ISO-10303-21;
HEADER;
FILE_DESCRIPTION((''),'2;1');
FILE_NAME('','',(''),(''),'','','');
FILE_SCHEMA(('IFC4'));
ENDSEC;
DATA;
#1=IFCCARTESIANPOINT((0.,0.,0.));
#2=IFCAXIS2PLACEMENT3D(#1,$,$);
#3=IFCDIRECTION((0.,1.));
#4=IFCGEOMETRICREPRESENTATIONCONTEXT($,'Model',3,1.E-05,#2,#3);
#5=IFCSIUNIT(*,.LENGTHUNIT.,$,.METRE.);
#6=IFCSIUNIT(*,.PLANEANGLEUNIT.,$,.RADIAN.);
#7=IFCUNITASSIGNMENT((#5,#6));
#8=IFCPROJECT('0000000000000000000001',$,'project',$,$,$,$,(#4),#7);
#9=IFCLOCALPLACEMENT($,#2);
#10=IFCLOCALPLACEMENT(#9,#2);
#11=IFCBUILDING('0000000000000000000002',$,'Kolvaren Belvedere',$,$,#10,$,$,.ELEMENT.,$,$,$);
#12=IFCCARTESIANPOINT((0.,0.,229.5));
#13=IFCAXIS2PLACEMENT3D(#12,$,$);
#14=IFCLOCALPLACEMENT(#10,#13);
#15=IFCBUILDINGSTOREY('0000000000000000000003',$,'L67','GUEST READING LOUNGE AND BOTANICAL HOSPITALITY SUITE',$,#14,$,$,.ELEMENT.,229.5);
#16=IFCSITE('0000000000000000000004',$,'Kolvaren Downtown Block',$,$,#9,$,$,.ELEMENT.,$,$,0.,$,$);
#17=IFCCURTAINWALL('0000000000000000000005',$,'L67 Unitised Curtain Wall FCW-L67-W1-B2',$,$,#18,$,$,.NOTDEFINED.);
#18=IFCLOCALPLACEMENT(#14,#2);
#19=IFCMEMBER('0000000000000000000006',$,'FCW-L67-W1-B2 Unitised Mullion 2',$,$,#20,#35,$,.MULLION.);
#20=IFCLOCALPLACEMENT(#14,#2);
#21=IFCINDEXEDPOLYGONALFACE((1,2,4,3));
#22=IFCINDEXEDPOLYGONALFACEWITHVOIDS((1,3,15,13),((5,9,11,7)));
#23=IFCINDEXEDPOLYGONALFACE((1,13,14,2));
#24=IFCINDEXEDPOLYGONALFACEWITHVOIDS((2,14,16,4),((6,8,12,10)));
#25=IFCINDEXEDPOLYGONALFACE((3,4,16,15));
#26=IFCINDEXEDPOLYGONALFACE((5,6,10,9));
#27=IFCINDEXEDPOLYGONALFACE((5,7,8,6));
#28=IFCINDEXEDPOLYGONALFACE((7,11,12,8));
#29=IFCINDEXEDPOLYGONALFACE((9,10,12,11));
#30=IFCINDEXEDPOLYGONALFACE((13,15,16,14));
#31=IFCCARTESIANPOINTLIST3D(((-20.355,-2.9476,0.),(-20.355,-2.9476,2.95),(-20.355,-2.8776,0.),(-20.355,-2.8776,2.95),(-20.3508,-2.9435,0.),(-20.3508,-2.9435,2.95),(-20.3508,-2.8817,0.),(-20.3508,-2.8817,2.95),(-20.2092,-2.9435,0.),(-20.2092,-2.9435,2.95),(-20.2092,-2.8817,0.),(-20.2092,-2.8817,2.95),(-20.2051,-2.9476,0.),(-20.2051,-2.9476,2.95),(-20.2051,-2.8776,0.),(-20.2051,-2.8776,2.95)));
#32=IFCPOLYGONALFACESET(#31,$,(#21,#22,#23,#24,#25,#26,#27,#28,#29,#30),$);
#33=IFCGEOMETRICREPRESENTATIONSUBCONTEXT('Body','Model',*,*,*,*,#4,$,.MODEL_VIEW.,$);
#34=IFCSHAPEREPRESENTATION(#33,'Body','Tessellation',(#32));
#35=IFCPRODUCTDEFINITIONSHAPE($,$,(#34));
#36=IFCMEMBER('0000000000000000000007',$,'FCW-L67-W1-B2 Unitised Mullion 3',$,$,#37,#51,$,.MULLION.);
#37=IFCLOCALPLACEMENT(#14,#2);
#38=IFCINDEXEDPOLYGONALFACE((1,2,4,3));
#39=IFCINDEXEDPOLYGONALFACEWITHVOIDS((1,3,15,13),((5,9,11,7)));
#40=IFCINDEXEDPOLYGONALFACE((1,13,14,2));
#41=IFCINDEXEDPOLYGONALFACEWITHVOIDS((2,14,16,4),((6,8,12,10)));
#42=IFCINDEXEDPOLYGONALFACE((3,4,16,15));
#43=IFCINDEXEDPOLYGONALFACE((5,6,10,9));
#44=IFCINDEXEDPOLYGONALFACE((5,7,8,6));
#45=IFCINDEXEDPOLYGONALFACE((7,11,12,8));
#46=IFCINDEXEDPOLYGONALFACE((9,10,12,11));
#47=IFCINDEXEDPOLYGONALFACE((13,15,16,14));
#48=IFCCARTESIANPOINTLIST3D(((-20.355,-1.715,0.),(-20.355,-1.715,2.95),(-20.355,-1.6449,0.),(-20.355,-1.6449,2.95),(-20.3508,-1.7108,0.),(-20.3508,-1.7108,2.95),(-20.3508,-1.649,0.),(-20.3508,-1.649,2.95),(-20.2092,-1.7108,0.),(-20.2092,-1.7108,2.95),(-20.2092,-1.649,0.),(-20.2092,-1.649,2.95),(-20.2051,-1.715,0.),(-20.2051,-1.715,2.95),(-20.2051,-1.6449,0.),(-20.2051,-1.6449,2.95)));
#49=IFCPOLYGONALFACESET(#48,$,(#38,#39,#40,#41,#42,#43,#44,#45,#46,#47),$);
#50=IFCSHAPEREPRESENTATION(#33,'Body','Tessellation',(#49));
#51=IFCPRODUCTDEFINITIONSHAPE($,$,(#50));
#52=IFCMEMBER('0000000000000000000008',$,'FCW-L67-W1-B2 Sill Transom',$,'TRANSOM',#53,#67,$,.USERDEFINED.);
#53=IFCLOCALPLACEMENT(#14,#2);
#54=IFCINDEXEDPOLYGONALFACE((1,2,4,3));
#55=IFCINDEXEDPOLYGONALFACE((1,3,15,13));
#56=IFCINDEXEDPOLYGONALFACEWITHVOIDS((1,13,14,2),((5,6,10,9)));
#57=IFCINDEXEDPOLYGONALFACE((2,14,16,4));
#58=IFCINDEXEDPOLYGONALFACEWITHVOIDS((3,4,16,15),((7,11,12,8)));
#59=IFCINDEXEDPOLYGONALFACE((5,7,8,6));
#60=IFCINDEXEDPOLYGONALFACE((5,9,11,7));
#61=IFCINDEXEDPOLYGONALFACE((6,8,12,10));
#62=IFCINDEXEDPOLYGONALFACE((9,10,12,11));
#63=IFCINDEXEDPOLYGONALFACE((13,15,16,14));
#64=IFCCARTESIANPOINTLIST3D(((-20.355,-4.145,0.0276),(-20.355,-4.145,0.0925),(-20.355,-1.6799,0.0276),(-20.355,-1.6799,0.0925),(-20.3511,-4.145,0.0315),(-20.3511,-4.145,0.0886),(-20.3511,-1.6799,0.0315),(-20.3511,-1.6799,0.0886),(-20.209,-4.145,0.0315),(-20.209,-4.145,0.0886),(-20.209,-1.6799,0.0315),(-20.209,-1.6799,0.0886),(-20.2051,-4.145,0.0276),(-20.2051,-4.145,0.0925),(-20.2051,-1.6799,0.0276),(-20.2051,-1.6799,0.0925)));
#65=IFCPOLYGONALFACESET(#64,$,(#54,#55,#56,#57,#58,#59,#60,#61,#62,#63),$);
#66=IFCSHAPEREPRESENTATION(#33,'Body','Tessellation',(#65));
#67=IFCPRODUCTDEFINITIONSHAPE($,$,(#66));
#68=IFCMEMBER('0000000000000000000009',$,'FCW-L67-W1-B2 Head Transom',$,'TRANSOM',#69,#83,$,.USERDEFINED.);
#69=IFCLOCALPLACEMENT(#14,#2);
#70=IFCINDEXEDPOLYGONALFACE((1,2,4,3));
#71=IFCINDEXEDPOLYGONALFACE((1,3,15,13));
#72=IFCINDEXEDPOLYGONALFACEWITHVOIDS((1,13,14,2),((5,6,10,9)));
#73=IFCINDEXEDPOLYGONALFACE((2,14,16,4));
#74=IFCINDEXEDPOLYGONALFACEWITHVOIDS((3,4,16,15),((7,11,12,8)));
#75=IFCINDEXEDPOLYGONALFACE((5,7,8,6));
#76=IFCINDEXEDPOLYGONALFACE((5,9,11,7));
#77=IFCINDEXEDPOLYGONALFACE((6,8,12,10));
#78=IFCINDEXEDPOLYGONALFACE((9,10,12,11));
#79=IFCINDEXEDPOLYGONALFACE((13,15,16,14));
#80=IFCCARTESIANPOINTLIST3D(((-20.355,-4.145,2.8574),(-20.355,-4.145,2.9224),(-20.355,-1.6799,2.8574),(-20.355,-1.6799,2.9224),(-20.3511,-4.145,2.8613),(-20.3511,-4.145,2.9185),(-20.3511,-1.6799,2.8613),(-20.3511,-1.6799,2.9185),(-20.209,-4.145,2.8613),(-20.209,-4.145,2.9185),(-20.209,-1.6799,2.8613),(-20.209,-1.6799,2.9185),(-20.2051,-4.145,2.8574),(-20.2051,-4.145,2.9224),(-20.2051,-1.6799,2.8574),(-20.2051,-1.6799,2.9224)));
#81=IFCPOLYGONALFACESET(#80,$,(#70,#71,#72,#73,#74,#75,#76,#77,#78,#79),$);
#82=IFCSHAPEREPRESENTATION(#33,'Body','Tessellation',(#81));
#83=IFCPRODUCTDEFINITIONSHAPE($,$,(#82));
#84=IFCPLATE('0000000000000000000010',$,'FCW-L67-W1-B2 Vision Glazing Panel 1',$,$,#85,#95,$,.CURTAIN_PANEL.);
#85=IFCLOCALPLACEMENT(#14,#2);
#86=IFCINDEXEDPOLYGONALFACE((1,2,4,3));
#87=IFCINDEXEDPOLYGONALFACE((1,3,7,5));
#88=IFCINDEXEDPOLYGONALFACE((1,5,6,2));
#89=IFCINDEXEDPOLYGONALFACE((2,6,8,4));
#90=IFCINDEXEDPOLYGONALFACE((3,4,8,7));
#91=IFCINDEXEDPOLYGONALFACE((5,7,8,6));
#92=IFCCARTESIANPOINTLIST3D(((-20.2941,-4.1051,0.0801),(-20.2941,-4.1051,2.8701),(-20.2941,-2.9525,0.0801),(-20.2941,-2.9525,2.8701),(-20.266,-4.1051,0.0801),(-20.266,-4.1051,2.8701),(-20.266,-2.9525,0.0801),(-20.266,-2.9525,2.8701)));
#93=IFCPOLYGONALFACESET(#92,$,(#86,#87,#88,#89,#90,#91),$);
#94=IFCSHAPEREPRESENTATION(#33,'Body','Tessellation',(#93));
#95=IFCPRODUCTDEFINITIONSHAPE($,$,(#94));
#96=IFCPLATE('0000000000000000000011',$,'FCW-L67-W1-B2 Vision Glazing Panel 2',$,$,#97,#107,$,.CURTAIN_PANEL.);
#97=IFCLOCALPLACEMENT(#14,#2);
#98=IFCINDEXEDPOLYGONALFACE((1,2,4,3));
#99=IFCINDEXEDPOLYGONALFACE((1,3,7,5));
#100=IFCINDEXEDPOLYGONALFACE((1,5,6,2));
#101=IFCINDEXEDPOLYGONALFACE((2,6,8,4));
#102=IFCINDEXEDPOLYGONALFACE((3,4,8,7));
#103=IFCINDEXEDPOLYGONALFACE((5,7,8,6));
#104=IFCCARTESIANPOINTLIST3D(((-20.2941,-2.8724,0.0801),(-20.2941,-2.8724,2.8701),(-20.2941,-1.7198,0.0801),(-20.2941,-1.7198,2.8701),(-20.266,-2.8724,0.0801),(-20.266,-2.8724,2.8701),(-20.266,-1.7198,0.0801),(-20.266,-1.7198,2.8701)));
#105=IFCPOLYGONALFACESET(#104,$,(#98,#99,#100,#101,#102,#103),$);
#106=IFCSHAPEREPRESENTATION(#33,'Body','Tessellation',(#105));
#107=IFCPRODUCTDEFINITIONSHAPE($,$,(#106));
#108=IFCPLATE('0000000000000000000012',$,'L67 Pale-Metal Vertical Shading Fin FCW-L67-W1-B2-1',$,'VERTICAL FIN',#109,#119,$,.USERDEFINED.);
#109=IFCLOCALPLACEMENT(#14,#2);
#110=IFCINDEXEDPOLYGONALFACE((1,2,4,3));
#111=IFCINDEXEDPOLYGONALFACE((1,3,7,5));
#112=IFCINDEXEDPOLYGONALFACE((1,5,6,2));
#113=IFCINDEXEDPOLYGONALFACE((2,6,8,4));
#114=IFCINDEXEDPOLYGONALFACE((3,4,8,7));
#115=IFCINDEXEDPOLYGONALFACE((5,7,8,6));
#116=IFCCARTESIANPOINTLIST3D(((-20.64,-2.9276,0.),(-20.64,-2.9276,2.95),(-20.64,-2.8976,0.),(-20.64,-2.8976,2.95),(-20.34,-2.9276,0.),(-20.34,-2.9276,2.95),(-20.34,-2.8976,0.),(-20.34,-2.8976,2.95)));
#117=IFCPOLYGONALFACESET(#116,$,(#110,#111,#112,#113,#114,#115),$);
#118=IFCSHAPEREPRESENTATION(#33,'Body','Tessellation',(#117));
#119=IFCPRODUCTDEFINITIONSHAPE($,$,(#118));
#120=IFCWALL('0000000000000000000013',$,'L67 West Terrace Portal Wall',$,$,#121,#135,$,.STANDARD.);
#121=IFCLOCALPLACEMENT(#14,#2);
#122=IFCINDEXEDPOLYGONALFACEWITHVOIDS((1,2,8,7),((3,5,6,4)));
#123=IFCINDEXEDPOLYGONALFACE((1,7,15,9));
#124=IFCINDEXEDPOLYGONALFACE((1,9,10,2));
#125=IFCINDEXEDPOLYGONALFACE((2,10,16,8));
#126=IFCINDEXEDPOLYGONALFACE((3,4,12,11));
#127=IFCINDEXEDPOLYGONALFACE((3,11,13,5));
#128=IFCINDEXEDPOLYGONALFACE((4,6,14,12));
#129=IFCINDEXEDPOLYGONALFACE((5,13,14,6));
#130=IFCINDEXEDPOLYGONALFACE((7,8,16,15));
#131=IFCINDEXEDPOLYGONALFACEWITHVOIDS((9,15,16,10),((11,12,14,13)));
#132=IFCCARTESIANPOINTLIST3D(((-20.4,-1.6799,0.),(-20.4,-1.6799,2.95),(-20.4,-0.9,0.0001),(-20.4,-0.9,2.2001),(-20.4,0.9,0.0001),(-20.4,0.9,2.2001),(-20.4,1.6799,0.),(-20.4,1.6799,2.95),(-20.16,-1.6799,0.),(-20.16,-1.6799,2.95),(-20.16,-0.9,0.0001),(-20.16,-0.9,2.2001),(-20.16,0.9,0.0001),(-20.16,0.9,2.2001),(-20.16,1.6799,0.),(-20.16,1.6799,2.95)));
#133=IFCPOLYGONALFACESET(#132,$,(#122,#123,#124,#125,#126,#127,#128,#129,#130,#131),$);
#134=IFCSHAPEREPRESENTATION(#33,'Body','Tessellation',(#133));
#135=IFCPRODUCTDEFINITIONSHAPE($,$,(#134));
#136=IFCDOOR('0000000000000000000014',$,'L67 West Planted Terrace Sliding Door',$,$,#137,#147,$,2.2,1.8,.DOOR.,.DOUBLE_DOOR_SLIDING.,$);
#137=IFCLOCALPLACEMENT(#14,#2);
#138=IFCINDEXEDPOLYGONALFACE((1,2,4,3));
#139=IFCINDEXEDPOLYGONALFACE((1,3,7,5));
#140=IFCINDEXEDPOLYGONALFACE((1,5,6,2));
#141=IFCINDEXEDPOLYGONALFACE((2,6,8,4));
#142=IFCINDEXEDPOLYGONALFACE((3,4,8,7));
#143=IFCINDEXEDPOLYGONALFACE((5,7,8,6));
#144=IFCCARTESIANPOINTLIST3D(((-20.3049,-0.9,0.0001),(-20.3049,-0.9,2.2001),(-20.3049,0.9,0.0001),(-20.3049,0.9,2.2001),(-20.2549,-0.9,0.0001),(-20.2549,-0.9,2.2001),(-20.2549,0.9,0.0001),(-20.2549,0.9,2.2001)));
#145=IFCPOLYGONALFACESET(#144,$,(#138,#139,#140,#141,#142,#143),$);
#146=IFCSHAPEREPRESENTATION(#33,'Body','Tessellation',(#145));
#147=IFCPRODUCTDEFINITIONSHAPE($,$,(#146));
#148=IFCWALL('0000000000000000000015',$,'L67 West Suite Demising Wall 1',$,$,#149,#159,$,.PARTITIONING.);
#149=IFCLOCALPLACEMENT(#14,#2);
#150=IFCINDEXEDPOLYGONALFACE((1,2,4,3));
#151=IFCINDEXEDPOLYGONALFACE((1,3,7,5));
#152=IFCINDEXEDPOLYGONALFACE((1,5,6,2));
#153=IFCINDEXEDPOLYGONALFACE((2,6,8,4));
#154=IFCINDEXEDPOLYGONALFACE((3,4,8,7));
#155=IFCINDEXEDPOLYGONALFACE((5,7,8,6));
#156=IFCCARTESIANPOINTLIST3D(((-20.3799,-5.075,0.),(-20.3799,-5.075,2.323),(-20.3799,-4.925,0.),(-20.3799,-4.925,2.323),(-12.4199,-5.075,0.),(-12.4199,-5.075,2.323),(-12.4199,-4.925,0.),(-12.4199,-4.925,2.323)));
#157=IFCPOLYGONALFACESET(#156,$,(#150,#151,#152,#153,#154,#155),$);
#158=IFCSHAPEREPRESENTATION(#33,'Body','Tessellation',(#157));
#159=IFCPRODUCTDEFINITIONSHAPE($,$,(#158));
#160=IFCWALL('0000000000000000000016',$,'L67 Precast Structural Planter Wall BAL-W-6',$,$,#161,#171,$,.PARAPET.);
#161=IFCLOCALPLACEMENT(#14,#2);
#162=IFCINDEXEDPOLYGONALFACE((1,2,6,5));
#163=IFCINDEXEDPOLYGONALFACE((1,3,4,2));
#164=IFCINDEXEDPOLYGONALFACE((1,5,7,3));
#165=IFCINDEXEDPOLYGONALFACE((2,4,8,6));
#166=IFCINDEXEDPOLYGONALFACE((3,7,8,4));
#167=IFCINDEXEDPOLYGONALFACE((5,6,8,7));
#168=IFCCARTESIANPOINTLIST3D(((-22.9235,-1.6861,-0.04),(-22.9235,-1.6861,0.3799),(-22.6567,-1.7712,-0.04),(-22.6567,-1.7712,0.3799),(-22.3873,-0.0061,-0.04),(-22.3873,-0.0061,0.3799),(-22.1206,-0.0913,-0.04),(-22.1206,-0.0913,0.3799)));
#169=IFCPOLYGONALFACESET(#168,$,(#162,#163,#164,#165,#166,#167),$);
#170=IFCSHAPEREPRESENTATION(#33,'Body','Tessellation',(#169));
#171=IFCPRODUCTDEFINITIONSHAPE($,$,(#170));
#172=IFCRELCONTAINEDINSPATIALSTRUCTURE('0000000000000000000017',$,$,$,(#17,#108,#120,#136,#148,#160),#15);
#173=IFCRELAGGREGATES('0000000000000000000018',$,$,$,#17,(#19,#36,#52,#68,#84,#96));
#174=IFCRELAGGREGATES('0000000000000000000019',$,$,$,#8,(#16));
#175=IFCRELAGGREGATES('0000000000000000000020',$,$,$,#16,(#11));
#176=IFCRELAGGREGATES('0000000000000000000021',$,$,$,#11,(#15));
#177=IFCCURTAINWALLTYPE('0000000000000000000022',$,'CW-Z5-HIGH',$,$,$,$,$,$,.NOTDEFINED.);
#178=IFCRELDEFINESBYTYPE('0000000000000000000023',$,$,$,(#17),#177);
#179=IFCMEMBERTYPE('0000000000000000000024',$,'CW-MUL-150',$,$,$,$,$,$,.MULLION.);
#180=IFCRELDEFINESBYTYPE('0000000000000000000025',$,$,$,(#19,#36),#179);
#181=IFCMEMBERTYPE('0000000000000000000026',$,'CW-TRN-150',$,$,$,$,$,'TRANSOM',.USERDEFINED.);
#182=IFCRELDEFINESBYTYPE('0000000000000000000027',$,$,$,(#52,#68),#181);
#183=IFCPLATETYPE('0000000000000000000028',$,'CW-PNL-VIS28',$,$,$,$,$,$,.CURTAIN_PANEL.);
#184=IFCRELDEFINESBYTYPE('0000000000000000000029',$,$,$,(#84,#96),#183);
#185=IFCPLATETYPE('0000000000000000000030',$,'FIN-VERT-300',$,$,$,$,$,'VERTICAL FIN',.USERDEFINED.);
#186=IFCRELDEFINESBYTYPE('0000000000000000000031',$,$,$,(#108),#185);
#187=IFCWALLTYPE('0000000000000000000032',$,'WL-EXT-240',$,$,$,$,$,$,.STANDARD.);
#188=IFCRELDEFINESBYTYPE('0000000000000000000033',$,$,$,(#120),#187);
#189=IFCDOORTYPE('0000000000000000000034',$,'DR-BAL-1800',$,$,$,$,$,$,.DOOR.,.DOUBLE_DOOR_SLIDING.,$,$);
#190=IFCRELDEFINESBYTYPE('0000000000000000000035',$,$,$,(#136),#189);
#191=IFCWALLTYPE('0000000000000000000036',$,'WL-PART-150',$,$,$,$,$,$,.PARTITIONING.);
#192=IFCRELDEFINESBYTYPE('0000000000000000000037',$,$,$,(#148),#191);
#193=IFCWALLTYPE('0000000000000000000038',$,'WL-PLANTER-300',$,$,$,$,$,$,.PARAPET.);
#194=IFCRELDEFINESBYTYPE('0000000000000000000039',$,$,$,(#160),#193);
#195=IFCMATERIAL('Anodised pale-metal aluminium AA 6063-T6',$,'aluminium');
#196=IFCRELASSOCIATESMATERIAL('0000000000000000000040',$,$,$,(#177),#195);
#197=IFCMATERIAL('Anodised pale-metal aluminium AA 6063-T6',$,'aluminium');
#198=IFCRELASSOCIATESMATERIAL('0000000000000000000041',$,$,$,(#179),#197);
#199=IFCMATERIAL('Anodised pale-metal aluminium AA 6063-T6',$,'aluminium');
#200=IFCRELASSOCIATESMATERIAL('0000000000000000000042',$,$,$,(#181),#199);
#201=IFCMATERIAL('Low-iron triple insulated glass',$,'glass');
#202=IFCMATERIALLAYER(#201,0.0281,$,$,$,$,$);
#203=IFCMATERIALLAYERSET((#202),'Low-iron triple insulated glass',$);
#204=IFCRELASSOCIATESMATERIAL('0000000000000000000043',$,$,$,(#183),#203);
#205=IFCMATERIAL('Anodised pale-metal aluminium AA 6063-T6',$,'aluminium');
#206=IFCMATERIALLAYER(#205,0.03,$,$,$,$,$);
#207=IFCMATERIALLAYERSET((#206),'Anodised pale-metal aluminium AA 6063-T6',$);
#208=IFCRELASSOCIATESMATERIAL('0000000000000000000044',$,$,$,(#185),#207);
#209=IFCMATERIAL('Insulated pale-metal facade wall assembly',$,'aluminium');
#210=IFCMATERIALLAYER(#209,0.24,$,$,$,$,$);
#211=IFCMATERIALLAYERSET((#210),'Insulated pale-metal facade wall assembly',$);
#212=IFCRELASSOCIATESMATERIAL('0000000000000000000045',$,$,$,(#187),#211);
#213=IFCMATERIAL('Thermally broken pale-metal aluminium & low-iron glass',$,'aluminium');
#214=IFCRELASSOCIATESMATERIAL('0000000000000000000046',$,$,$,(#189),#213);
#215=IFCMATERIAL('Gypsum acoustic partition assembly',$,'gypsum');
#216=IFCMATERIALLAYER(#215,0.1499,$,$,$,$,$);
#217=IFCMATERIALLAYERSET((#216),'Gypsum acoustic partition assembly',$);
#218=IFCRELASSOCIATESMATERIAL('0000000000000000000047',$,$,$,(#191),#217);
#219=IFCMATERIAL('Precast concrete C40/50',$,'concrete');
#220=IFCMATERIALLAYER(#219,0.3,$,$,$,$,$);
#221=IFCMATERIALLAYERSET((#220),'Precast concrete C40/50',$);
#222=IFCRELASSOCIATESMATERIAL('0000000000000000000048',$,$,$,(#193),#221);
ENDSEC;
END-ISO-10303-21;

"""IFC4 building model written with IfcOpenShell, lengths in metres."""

from ifc_helpers import new_model, si_unit, direction, frame, frame_2d, origin, origin_2d, place, context, subcontext, project, spatial, rectangle, hollow_rectangle, extrude, material, layer, layer_set, material_profile, profile_set, type_object, element, fill, aggregate, save


model = new_model("IFC4")

# Units and contexts
model_context = context("Model", 3, precision=1e-05, world=origin(), true_north=direction((0.0, 1.0)))
body_context = subcontext(model_context, "Body", "Model", "MODEL_VIEW")
ifc_project = project(units=[si_unit("LENGTHUNIT", "METRE"), si_unit("PLANEANGLEUNIT", "RADIAN")], contexts=[model_context])

# Site, building, storey
site_placement = place(None, origin())
site = spatial("IfcSite", under=ifc_project, at=site_placement, Name="Kolvaren Downtown Block", CompositionType="ELEMENT", RefElevation=0.0)
building_placement = place(site_placement, origin())
building = spatial("IfcBuilding", under=site, at=building_placement, Name="Kolvaren Belvedere", CompositionType="ELEMENT")
storey_placement = place(building_placement, frame((0.0, 0.0, 229.5)))
storey = spatial("IfcBuildingStorey", under=building, at=storey_placement, Name="L67", Description="GUEST READING LOUNGE AND BOTANICAL HOSPITALITY SUITE", CompositionType="ELEMENT", Elevation=229.5)

# Curtain wall, members, plates
ifc_material_1 = material(Name="Anodised pale-metal aluminium AA 6063-T6", Category="aluminium")
curtain_wall_type = type_object("IfcCurtainWallType", Name="CW-Z5-HIGH", PredefinedType="NOTDEFINED", material=ifc_material_1)
curtain_wall_placement = place(storey_placement, origin())
curtain_wall = element("IfcCurtainWall", 1, at=curtain_wall_placement, inside=storey, type_object=curtain_wall_type, Name="L67 Unitised Curtain Wall FCW-L67-W1-B2", PredefinedType="NOTDEFINED")
ifc_material_2 = material(Name="Anodised pale-metal aluminium AA 6063-T6", Category="aluminium")
ifc_material_profile_1 = material_profile(ifc_material_2, hollow_rectangle(XDim=0.0701, YDim=0.1499, WallThickness=0.0042, at=origin_2d()), Name="ALU-MUL-150X70")
ifc_profile_set_1 = profile_set([ifc_material_profile_1], Name="Anodised pale-metal aluminium AA 6063-T6")
member_type_1 = type_object("IfcMemberType", Name="CW-MUL-150", PredefinedType="MULLION", material=ifc_profile_set_1)
member_1_placement = place(storey_placement, frame((-20.28, -2.9126, 0.0), z_axis=(0.0, 0.0, 1.0), x_axis=(0.0, 1.0, 0.0)))
member_1 = element("IfcMember", 2, at=member_1_placement, type_object=member_type_1, Name="FCW-L67-W1-B2 Unitised Mullion 2", PredefinedType="MULLION", context=body_context, shape_type="SweptSolid", body=[
    extrude(hollow_rectangle(XDim=0.0701, YDim=0.1499, WallThickness=0.0042, at=origin_2d()), origin(), (0.0, 0.0, 1.0), 2.95),
])
member_2_placement = place(storey_placement, frame((-20.28, -1.6799, 0.0), z_axis=(0.0, 0.0, 1.0), x_axis=(0.0, 1.0, 0.0)))
member_2 = element("IfcMember", 3, at=member_2_placement, type_object=member_type_1, Name="FCW-L67-W1-B2 Unitised Mullion 3", PredefinedType="MULLION", context=body_context, shape_type="SweptSolid", body=[
    extrude(hollow_rectangle(XDim=0.0701, YDim=0.1499, WallThickness=0.0042, at=origin_2d()), origin(), (0.0, 0.0, 1.0), 2.95),
])
ifc_material_3 = material(Name="Anodised pale-metal aluminium AA 6063-T6", Category="aluminium")
ifc_material_profile_2 = material_profile(ifc_material_3, hollow_rectangle(XDim=0.0649, YDim=0.1499, WallThickness=0.0039, at=origin_2d()), Name="ALU-TRN-150X65")
ifc_profile_set_2 = profile_set([ifc_material_profile_2], Name="Anodised pale-metal aluminium AA 6063-T6")
member_type_2 = type_object("IfcMemberType", Name="CW-TRN-150", ElementType="TRANSOM", PredefinedType="USERDEFINED", material=ifc_profile_set_2)
member_3_placement = place(storey_placement, frame((-20.28, -4.145, 0.0601), z_axis=(0.0, 1.0, 0.0), x_axis=(0.0, 0.0, 1.0)))
member_3 = element("IfcMember", 4, at=member_3_placement, type_object=member_type_2, Name="FCW-L67-W1-B2 Sill Transom", ObjectType="TRANSOM", PredefinedType="USERDEFINED", context=body_context, shape_type="SweptSolid", body=[
    extrude(hollow_rectangle(XDim=0.0649, YDim=0.1499, WallThickness=0.0039, at=origin_2d()), origin(), (0.0, 0.0, 1.0), 2.4651),
])
member_4_placement = place(storey_placement, frame((-20.28, -4.145, 2.8899), z_axis=(0.0, 1.0, 0.0), x_axis=(0.0, 0.0, 1.0)))
member_4 = element("IfcMember", 5, at=member_4_placement, type_object=member_type_2, Name="FCW-L67-W1-B2 Head Transom", ObjectType="TRANSOM", PredefinedType="USERDEFINED", context=body_context, shape_type="SweptSolid", body=[
    extrude(hollow_rectangle(XDim=0.0649, YDim=0.1499, WallThickness=0.0039, at=origin_2d()), origin(), (0.0, 0.0, 1.0), 2.4651),
])
ifc_material_4 = material(Name="Low-iron triple insulated glass", Category="glass")
ifc_layer_1 = layer(ifc_material_4, 0.0281)
ifc_layer_set_1 = layer_set([ifc_layer_1], Name="Low-iron triple insulated glass")
plate_type_1 = type_object("IfcPlateType", Name="CW-PNL-VIS28", PredefinedType="CURTAIN_PANEL", material=ifc_layer_set_1)
plate_1_placement = place(storey_placement, frame((-20.28, -3.5288, 0.0801), z_axis=(0.0, 0.0, 1.0), x_axis=(0.0, 1.0, 0.0)))
plate_1 = element("IfcPlate", 6, at=plate_1_placement, type_object=plate_type_1, Name="FCW-L67-W1-B2 Vision Glazing Panel 1", PredefinedType="CURTAIN_PANEL", context=body_context, shape_type="SweptSolid", body=[
    extrude(rectangle(XDim=1.1526, YDim=0.0281, at=origin_2d()), origin(), (0.0, 0.0, 1.0), 2.79),
])
plate_2_placement = place(storey_placement, frame((-20.28, -2.2961, 0.0801), z_axis=(0.0, 0.0, 1.0), x_axis=(0.0, 1.0, 0.0)))
plate_2 = element("IfcPlate", 7, at=plate_2_placement, type_object=plate_type_1, Name="FCW-L67-W1-B2 Vision Glazing Panel 2", PredefinedType="CURTAIN_PANEL", context=body_context, shape_type="SweptSolid", body=[
    extrude(rectangle(XDim=1.1526, YDim=0.0281, at=origin_2d()), origin(), (0.0, 0.0, 1.0), 2.79),
])
aggregate(curtain_wall, [member_1, member_2, member_3, member_4, plate_1, plate_2])

# Plate
ifc_material_5 = material(Name="Anodised pale-metal aluminium AA 6063-T6", Category="aluminium")
ifc_layer_2 = layer(ifc_material_5, 0.03)
ifc_layer_set_2 = layer_set([ifc_layer_2], Name="Anodised pale-metal aluminium AA 6063-T6")
plate_type_2 = type_object("IfcPlateType", Name="FIN-VERT-300", ElementType="VERTICAL FIN", PredefinedType="USERDEFINED", material=ifc_layer_set_2)
plate_3_placement = place(storey_placement, frame((-20.49, -2.9126, 0.0), z_axis=(0.0, 0.0, 1.0), x_axis=(1.0, 0.0, 0.0)))
element("IfcPlate", 8, at=plate_3_placement, inside=storey, type_object=plate_type_2, Name="L67 Pale-Metal Vertical Shading Fin FCW-L67-W1-B2-1", ObjectType="VERTICAL FIN", PredefinedType="USERDEFINED", context=body_context, shape_type="SweptSolid", body=[
    extrude(rectangle(XDim=0.3, YDim=0.03, at=origin_2d()), origin(), (0.0, 0.0, 1.0), 2.95),
])

# Wall, opening, door
ifc_material_6 = material(Name="Insulated pale-metal facade wall assembly", Category="aluminium")
ifc_layer_3 = layer(ifc_material_6, 0.24)
ifc_layer_set_3 = layer_set([ifc_layer_3], Name="Insulated pale-metal facade wall assembly")
wall_type_1 = type_object("IfcWallType", Name="WL-EXT-240", PredefinedType="STANDARD", material=ifc_layer_set_3)
wall_1_placement = place(storey_placement, frame((-20.28, -1.6799, 0.0), z_axis=(0.0, 0.0, 1.0), x_axis=(0.0, 1.0, 0.0)))
wall_1 = element("IfcWall", 9, at=wall_1_placement, inside=storey, type_object=wall_type_1, Name="L67 West Terrace Portal Wall", PredefinedType="STANDARD", context=body_context, shape_type="SweptSolid", body=[
    extrude(rectangle(XDim=3.3599, YDim=0.24, at=frame_2d((1.6799, 0.0))), origin(), (0.0, 0.0, 1.0), 2.95),
])
opening_placement = place(wall_1_placement, frame((0.78, 0.0, 0.0)))
opening = element("IfcOpeningElement", 10, at=opening_placement, cuts=wall_1, PredefinedType="OPENING", context=body_context, shape_type="SweptSolid", body=[
    extrude(rectangle(XDim=1.8, YDim=2.2, at=frame_2d((0.8999, 1.1001))), frame((0.0, 0.1299, 0.0), z_axis=(0.0, -1.0, 0.0), x_axis=(1.0, 0.0, 0.0)), (0.0, 0.0, 1.0), 0.26),
])
ifc_material_7 = material(Name="Thermally broken pale-metal aluminium & low-iron glass", Category="aluminium")
door_type = type_object("IfcDoorType", Name="DR-BAL-1800", OperationType="DOUBLE_DOOR_SLIDING", PredefinedType="DOOR", material=ifc_material_7)
door_placement = place(opening_placement, origin())
door = element("IfcDoor", 11, at=door_placement, inside=storey, type_object=door_type, Name="L67 West Planted Terrace Sliding Door", OperationType="DOUBLE_DOOR_SLIDING", OverallHeight=2.2, OverallWidth=1.8, PredefinedType="DOOR", context=body_context, shape_type="SweptSolid", body=[
    extrude(rectangle(XDim=1.8, YDim=2.2, at=frame_2d((0.8999, 1.1001))), frame((0.0, 0.0249, 0.0), z_axis=(0.0, -1.0, 0.0), x_axis=(1.0, 0.0, 0.0)), (0.0, 0.0, 1.0), 0.05),
])
fill(opening, door)

# Walls
ifc_material_8 = material(Name="Gypsum acoustic partition assembly", Category="gypsum")
ifc_layer_4 = layer(ifc_material_8, 0.1499)
ifc_layer_set_4 = layer_set([ifc_layer_4], Name="Gypsum acoustic partition assembly")
wall_type_2 = type_object("IfcWallType", Name="WL-PART-150", PredefinedType="PARTITIONING", material=ifc_layer_set_4)
wall_2_placement = place(storey_placement, frame((-20.3799, -5.0, 0.0), z_axis=(0.0, 0.0, 1.0), x_axis=(1.0, 0.0, 0.0)))
element("IfcWall", 12, at=wall_2_placement, inside=storey, type_object=wall_type_2, Name="L67 West Suite Demising Wall 1", PredefinedType="PARTITIONING", context=body_context, shape_type="SweptSolid", body=[
    extrude(rectangle(XDim=7.96, YDim=0.1499, at=frame_2d((3.98, 0.0))), origin(), (0.0, 0.0, 1.0), 2.323),
])
ifc_material_9 = material(Name="Precast concrete C40/50", Category="concrete")
ifc_layer_5 = layer(ifc_material_9, 0.3)
ifc_layer_set_5 = layer_set([ifc_layer_5], Name="Precast concrete C40/50")
wall_type_3 = type_object("IfcWallType", Name="WL-PLANTER-300", PredefinedType="PARAPET", material=ifc_layer_set_5)
wall_3_placement = place(storey_placement, frame((-22.2539, -0.0486, -0.04), z_axis=(0.0, 0.0, 1.0), x_axis=(-0.304032, -0.952662, 0.0)))
element("IfcWall", 13, at=wall_3_placement, inside=storey, type_object=wall_type_3, Name="L67 Precast Structural Planter Wall BAL-W-6", PredefinedType="PARAPET", context=body_context, shape_type="SweptSolid", body=[
    extrude(rectangle(XDim=1.7634, YDim=0.28, at=frame_2d((0.8818, 0.0))), origin(), (0.0, 0.0, 1.0), 0.4199),
])

save(model, "model.ifc")
